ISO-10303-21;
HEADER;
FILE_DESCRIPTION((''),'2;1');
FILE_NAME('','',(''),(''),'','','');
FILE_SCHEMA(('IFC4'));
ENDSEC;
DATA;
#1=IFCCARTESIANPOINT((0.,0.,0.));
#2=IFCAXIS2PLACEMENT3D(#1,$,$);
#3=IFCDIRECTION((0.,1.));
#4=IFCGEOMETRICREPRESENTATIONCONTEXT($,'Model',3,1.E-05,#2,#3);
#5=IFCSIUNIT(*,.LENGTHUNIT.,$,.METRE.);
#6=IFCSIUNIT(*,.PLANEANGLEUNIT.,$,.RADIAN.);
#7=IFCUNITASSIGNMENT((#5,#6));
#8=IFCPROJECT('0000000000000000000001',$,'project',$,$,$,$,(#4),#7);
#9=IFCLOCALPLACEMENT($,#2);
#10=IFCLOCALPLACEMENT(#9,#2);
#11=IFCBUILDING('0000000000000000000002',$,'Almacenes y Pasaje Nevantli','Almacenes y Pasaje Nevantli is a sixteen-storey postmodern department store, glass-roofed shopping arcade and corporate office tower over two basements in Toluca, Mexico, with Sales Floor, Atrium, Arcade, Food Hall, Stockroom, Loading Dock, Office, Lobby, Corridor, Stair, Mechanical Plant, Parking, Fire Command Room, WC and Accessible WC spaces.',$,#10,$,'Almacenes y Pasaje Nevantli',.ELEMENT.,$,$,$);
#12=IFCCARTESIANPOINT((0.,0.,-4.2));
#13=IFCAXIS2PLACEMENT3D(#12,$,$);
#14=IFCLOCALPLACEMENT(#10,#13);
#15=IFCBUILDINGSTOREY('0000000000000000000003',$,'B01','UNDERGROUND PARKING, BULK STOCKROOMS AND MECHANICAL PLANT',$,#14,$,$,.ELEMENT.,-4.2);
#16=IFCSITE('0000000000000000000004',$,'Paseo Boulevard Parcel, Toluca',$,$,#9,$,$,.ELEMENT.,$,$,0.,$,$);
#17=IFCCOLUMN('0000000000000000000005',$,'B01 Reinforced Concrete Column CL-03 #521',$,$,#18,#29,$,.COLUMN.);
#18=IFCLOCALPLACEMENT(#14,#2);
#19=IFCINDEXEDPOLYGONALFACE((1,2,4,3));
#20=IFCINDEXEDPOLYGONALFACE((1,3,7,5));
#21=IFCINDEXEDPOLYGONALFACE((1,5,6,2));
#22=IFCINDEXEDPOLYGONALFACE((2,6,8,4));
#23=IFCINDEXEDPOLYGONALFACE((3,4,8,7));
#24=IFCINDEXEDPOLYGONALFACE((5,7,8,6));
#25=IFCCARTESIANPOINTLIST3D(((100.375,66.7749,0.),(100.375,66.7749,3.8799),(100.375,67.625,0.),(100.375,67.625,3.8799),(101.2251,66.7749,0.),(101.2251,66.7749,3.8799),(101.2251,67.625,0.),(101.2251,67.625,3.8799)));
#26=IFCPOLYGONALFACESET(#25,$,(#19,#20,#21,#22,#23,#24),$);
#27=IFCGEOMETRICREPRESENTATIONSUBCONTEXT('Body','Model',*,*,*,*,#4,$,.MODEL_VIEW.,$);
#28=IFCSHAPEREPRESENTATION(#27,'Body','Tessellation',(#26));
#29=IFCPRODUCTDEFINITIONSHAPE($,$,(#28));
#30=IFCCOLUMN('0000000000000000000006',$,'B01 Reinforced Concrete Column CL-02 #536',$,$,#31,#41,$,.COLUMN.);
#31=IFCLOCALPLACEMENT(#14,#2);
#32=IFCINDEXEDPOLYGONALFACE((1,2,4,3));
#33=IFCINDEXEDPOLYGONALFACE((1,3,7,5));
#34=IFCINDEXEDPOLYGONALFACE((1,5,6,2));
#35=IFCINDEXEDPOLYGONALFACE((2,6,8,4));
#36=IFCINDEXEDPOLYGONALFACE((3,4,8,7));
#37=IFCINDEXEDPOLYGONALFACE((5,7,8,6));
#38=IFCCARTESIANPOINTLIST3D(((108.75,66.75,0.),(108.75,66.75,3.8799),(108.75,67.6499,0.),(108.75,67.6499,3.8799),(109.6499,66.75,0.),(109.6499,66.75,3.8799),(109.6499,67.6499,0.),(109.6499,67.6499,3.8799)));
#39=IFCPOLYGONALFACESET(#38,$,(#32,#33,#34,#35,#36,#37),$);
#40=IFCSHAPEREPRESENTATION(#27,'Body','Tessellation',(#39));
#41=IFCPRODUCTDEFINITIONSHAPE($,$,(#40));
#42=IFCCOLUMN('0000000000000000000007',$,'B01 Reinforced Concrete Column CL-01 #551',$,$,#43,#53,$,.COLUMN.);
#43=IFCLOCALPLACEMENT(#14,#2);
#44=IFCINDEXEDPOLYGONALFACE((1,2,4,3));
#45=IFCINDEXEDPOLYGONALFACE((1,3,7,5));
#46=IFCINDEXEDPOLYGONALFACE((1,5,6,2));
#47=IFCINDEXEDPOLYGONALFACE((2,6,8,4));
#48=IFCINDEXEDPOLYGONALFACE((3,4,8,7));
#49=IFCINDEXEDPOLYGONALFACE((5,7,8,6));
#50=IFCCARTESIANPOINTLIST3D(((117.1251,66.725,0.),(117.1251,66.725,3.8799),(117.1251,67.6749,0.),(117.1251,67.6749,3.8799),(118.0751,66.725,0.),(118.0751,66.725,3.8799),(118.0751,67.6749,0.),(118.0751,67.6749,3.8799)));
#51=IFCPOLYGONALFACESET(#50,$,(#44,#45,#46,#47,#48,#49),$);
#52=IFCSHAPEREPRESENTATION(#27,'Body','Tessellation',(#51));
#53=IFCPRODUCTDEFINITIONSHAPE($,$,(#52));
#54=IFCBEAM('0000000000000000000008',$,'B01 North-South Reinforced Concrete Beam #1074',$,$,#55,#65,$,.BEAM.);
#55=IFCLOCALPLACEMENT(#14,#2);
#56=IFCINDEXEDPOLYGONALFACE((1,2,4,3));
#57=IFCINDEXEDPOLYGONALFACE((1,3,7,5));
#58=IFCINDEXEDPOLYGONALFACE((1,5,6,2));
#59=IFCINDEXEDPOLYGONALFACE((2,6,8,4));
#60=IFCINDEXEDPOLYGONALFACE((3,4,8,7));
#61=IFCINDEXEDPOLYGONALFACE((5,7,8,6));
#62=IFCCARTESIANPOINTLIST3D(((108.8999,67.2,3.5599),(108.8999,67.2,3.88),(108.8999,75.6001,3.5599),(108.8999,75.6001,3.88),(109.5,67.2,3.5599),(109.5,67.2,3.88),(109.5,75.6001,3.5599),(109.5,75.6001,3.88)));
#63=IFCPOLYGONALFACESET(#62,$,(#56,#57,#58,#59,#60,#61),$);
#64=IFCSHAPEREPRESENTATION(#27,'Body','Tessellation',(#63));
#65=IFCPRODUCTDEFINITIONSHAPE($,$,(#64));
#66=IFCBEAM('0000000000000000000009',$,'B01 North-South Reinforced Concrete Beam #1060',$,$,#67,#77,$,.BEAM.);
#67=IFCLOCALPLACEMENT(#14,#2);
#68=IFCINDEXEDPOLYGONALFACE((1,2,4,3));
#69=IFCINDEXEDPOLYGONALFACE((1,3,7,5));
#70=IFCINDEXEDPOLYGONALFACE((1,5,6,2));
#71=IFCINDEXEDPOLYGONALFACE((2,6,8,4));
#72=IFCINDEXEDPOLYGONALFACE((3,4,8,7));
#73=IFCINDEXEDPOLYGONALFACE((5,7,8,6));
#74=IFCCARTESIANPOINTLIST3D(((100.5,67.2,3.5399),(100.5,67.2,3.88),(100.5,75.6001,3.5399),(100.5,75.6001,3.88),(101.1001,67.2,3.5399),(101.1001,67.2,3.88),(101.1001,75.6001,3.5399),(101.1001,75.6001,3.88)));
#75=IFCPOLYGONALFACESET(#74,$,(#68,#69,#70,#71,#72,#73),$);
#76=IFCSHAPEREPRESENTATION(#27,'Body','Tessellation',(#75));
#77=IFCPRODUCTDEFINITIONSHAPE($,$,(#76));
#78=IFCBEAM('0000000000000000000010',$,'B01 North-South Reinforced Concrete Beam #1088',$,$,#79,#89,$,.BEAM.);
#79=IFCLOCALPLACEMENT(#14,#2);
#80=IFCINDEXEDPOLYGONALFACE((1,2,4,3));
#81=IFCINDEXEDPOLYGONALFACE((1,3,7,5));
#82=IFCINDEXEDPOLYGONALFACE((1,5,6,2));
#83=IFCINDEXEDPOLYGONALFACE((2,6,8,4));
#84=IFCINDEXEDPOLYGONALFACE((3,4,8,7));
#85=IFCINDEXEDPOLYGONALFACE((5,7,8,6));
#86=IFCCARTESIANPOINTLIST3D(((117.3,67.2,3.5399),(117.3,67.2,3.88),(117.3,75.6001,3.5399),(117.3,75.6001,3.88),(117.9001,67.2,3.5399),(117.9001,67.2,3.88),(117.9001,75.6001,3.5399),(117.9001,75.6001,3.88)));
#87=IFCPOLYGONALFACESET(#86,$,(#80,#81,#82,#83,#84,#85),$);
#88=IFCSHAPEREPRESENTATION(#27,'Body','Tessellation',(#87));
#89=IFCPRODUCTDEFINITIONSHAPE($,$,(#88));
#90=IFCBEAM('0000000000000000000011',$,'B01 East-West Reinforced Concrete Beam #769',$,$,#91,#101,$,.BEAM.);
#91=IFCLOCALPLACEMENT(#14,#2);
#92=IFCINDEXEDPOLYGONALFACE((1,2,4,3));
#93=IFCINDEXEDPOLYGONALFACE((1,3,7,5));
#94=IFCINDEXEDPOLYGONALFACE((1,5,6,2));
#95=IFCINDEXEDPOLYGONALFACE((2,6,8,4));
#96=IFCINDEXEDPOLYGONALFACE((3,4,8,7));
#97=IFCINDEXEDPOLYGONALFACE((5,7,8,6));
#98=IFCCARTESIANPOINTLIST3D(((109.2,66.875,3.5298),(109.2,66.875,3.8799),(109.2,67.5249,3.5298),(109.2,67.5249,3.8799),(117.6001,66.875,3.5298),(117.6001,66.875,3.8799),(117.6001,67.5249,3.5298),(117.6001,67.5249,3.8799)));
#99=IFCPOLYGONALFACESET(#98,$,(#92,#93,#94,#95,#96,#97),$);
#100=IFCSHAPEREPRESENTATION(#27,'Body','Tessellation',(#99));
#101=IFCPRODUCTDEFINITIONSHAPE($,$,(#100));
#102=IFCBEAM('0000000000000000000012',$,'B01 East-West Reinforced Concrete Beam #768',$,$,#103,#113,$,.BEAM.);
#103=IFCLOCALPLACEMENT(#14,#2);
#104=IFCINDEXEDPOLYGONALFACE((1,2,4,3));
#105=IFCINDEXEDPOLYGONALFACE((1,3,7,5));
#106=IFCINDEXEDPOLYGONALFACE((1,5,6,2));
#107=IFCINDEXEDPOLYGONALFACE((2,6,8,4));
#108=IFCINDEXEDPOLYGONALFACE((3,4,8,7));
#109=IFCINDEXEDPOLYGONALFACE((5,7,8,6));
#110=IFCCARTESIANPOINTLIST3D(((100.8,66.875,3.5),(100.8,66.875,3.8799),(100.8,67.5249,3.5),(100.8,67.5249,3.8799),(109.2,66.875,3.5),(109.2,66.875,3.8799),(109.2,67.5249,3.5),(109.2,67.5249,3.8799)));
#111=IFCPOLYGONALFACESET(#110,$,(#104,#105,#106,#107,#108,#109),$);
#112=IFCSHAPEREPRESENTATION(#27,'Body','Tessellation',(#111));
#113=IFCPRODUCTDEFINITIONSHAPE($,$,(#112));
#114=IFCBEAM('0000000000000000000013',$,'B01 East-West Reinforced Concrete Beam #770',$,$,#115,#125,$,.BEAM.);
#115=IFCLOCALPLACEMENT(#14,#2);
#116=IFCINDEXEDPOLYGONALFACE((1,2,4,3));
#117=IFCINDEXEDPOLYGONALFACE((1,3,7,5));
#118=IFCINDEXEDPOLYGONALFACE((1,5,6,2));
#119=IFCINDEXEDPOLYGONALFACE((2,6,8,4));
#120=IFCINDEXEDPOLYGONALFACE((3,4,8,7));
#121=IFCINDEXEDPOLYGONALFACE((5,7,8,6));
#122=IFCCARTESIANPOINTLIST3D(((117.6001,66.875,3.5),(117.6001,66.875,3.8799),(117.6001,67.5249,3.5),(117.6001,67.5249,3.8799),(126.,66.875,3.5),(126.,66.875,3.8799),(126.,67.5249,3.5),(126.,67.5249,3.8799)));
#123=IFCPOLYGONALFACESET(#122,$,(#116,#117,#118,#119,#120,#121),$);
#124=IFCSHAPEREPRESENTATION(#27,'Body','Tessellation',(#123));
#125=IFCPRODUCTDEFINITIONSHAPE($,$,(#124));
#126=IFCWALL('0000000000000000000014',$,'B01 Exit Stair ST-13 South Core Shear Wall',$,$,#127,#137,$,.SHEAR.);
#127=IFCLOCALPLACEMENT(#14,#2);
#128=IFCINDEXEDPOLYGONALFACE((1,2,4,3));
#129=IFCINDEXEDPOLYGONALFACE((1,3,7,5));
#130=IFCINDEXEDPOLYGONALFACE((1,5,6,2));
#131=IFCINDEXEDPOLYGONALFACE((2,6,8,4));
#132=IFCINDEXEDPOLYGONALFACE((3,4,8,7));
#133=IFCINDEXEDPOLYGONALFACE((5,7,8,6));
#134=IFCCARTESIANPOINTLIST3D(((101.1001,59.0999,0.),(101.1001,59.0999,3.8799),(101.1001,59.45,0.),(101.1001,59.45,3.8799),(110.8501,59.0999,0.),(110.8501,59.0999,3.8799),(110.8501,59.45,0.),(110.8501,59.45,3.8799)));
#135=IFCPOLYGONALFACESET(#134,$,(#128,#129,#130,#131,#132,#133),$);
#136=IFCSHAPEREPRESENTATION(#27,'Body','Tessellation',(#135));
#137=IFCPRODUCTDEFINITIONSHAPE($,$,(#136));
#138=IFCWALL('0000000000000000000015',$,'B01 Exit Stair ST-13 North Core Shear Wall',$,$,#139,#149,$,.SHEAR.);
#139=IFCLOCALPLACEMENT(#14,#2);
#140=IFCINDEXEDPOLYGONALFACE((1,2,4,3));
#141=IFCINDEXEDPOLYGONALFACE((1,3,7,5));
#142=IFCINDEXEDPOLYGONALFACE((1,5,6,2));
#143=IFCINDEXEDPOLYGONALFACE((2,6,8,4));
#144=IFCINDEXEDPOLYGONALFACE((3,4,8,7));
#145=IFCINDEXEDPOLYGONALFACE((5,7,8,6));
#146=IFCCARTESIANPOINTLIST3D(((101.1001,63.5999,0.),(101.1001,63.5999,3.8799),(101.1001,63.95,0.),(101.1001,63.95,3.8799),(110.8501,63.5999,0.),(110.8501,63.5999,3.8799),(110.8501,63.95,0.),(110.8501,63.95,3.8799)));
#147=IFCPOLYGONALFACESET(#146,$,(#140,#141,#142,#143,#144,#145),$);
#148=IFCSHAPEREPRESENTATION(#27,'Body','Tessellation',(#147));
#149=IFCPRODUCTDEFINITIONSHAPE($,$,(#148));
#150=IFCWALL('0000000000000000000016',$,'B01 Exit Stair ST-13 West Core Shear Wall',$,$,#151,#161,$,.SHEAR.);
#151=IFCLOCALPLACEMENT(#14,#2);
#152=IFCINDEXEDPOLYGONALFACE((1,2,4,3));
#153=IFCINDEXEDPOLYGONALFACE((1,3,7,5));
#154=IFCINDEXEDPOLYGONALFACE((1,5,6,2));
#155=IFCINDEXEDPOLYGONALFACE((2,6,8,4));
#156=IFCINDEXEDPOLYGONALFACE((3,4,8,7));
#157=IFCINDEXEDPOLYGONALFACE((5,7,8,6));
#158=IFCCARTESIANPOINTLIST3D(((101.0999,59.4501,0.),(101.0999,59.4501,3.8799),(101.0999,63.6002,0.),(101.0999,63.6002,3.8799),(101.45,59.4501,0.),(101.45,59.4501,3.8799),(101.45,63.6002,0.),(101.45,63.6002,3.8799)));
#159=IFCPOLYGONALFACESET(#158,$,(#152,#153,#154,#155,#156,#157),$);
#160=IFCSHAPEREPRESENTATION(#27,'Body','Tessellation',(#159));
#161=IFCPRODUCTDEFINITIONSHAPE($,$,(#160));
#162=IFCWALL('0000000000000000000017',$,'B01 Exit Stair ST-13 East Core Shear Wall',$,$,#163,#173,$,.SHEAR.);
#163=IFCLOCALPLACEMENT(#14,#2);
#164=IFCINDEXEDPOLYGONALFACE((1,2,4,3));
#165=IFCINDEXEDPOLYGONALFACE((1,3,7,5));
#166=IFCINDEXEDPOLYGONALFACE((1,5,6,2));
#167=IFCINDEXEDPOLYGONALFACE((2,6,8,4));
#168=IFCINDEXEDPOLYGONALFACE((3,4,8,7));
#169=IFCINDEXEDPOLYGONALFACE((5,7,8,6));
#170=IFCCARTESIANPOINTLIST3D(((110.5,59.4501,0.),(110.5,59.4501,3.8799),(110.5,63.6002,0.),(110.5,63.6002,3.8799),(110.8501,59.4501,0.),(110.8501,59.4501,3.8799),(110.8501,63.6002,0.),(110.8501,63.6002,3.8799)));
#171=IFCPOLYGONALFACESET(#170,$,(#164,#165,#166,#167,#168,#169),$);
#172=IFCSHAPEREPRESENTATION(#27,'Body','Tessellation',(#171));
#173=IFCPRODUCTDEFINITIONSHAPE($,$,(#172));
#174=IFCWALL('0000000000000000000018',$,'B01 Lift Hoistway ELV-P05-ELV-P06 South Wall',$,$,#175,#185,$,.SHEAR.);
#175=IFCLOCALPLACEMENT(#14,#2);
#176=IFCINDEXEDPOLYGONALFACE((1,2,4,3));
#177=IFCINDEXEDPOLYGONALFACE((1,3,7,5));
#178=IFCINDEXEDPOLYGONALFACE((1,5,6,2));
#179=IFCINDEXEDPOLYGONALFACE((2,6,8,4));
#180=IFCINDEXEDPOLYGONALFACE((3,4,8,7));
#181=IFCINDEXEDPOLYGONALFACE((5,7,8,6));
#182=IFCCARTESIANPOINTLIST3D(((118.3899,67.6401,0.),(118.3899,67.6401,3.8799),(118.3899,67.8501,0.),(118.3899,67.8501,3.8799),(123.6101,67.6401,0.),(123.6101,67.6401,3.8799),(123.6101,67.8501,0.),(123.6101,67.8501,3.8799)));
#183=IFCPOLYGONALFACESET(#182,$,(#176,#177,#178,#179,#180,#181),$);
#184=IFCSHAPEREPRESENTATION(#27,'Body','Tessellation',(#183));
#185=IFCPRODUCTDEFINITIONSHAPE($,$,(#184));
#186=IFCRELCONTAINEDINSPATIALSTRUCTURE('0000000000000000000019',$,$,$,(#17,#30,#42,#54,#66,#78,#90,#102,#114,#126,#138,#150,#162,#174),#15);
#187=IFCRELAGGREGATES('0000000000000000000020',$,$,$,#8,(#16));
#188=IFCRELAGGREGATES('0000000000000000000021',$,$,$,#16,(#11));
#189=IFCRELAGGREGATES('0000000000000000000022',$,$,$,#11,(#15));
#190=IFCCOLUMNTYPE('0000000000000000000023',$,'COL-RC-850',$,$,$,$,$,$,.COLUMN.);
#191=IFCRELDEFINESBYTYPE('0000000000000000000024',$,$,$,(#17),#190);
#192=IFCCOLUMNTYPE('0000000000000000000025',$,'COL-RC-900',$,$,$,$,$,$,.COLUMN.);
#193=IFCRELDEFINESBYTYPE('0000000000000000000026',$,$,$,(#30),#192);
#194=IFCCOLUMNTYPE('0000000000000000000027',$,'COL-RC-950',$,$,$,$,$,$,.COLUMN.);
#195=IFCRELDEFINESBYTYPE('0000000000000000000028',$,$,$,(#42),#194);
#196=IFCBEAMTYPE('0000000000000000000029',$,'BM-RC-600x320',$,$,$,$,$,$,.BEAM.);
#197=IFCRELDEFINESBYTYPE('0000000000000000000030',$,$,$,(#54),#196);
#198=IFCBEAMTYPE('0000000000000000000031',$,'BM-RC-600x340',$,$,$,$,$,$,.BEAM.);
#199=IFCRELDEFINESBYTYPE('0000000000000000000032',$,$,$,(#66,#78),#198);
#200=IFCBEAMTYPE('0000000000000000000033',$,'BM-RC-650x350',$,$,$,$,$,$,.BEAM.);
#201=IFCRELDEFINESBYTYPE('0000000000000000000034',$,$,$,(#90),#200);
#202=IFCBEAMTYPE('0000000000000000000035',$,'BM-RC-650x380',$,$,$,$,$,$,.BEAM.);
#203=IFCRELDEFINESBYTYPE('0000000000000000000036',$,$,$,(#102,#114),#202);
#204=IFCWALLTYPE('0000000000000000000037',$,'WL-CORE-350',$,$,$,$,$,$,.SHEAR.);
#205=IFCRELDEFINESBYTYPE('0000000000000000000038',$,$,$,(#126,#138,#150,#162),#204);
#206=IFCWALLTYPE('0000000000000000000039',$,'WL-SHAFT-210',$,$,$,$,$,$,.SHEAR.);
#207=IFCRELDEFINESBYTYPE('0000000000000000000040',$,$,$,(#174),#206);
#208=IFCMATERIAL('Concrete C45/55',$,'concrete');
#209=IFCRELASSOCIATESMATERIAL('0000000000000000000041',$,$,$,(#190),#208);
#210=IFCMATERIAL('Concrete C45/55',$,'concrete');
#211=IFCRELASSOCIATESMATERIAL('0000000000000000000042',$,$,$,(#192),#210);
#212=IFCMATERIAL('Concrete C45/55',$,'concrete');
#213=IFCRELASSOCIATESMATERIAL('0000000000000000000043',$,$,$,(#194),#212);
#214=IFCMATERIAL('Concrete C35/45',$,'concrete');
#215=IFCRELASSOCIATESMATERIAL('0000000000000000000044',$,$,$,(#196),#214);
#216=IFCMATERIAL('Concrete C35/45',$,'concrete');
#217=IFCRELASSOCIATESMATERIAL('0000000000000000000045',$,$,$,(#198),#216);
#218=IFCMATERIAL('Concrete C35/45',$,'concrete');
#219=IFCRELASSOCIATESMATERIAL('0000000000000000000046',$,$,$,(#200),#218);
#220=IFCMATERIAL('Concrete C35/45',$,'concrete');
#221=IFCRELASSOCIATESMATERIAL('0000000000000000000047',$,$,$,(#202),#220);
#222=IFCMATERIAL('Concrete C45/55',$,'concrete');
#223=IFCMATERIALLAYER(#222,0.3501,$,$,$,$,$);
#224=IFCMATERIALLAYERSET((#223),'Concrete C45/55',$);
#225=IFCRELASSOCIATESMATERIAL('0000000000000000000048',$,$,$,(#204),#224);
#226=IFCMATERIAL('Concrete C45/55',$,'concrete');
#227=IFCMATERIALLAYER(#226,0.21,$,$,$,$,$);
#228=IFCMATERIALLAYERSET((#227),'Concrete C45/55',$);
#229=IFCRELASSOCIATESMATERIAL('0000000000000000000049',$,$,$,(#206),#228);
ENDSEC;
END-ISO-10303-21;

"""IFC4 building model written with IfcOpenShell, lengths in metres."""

from ifc_helpers import new_model, si_unit, direction, frame, frame_2d, origin, origin_2d, place, context, subcontext, project, spatial, rectangle, extrude, material, layer, layer_set, material_profile, profile_set, type_object, element, save


model = new_model("IFC4")

# Units and contexts
model_context = context("Model", 3, precision=1e-05, world=origin(), true_north=direction((0.0, 1.0)))
body_context = subcontext(model_context, "Body", "Model", "MODEL_VIEW")
ifc_project = project(units=[si_unit("LENGTHUNIT", "METRE"), si_unit("PLANEANGLEUNIT", "RADIAN")], contexts=[model_context])

# Site, building, storey
site_placement = place(None, origin())
site = spatial("IfcSite", under=ifc_project, at=site_placement, Name="Paseo Boulevard Parcel, Toluca", CompositionType="ELEMENT", RefElevation=0.0)
building_placement = place(site_placement, origin())
building = spatial("IfcBuilding", under=site, at=building_placement, Name="Almacenes y Pasaje Nevantli", Description="Almacenes y Pasaje Nevantli is a sixteen-storey postmodern department store, glass-roofed shopping arcade and corporate office tower over two basements in Toluca, Mexico, with Sales Floor, Atrium, Arcade, Food Hall, Stockroom, Loading Dock, Office, Lobby, Corridor, Stair, Mechanical Plant, Parking, Fire Command Room, WC and Accessible WC spaces.", LongName="Almacenes y Pasaje Nevantli", CompositionType="ELEMENT")
storey_placement = place(building_placement, frame((0.0, 0.0, -4.2)))
storey = spatial("IfcBuildingStorey", under=building, at=storey_placement, Name="B01", Description="UNDERGROUND PARKING, BULK STOCKROOMS AND MECHANICAL PLANT", CompositionType="ELEMENT", Elevation=-4.2)

# Columns
ifc_material_1 = material(Name="Concrete C45/55", Category="concrete")
ifc_material_profile_1 = material_profile(ifc_material_1, rectangle(XDim=0.8501, YDim=0.8501, at=origin_2d()), Name="RC-COL-850x850")
ifc_profile_set_1 = profile_set([ifc_material_profile_1], Name="Concrete C45/55")
column_type_1 = type_object("IfcColumnType", Name="COL-RC-850", PredefinedType="COLUMN", material=ifc_profile_set_1)
column_1_placement = place(storey_placement, frame((100.8, 67.2, 0.0), z_axis=(0.0, 0.0, 1.0), x_axis=(1.0, 0.0, 0.0)))
element("IfcColumn", 1, at=column_1_placement, inside=storey, type_object=column_type_1, Name="B01 Reinforced Concrete Column CL-03 #521", PredefinedType="COLUMN", context=body_context, shape_type="SweptSolid", body=[
    extrude(rectangle(XDim=0.8501, YDim=0.8501, at=origin_2d()), origin(), (0.0, 0.0, 1.0), 3.8799),
])
ifc_material_2 = material(Name="Concrete C45/55", Category="concrete")
ifc_material_profile_2 = material_profile(ifc_material_2, rectangle(XDim=0.8999, YDim=0.8999, at=origin_2d()), Name="RC-COL-900x900")
ifc_profile_set_2 = profile_set([ifc_material_profile_2], Name="Concrete C45/55")
column_type_2 = type_object("IfcColumnType", Name="COL-RC-900", PredefinedType="COLUMN", material=ifc_profile_set_2)
column_2_placement = place(storey_placement, frame((109.2, 67.2, 0.0), z_axis=(0.0, 0.0, 1.0), x_axis=(1.0, 0.0, 0.0)))
element("IfcColumn", 2, at=column_2_placement, inside=storey, type_object=column_type_2, Name="B01 Reinforced Concrete Column CL-02 #536", PredefinedType="COLUMN", context=body_context, shape_type="SweptSolid", body=[
    extrude(rectangle(XDim=0.8999, YDim=0.8999, at=origin_2d()), origin(), (0.0, 0.0, 1.0), 3.8799),
])
ifc_material_3 = material(Name="Concrete C45/55", Category="concrete")
ifc_material_profile_3 = material_profile(ifc_material_3, rectangle(XDim=0.95, YDim=0.95, at=origin_2d()), Name="RC-COL-950x950")
ifc_profile_set_3 = profile_set([ifc_material_profile_3], Name="Concrete C45/55")
column_type_3 = type_object("IfcColumnType", Name="COL-RC-950", PredefinedType="COLUMN", material=ifc_profile_set_3)
column_3_placement = place(storey_placement, frame((117.6001, 67.2, 0.0), z_axis=(0.0, 0.0, 1.0), x_axis=(1.0, 0.0, 0.0)))
element("IfcColumn", 3, at=column_3_placement, inside=storey, type_object=column_type_3, Name="B01 Reinforced Concrete Column CL-01 #551", PredefinedType="COLUMN", context=body_context, shape_type="SweptSolid", body=[
    extrude(rectangle(XDim=0.95, YDim=0.95, at=origin_2d()), origin(), (0.0, 0.0, 1.0), 3.8799),
])

# Beams
ifc_material_4 = material(Name="Concrete C35/45", Category="concrete")
ifc_material_profile_4 = material_profile(ifc_material_4, rectangle(XDim=0.6001, YDim=0.3201, at=origin_2d()), Name="RC-BM-600x320")
ifc_profile_set_4 = profile_set([ifc_material_profile_4], Name="Concrete C35/45")
beam_type_1 = type_object("IfcBeamType", Name="BM-RC-600x320", PredefinedType="BEAM", material=ifc_profile_set_4)
beam_1_placement = place(storey_placement, frame((109.2, 67.2, 3.72), z_axis=(0.0, 1.0, 0.0), x_axis=(-1.0, 0.0, 0.0)))
element("IfcBeam", 4, at=beam_1_placement, inside=storey, type_object=beam_type_1, Name="B01 North-South Reinforced Concrete Beam #1074", PredefinedType="BEAM", context=body_context, shape_type="SweptSolid", body=[
    extrude(rectangle(XDim=0.6001, YDim=0.3201, at=origin_2d()), origin(), (0.0, 0.0, 1.0), 8.4001),
])
ifc_material_5 = material(Name="Concrete C35/45", Category="concrete")
ifc_material_profile_5 = material_profile(ifc_material_5, rectangle(XDim=0.6001, YDim=0.3401, at=origin_2d()), Name="RC-BM-600x340")
ifc_profile_set_5 = profile_set([ifc_material_profile_5], Name="Concrete C35/45")
beam_type_2 = type_object("IfcBeamType", Name="BM-RC-600x340", PredefinedType="BEAM", material=ifc_profile_set_5)
for number, where, z_axis, x_axis, name in (
    (5, (100.8, 67.2, 3.71), (0.0, 1.0, 0.0), (-1.0, 0.0, 0.0), "B01 North-South Reinforced Concrete Beam #1060"),
    (6, (117.6001, 67.2, 3.71), (0.0, 1.0, 0.0), (-1.0, 0.0, 0.0), "B01 North-South Reinforced Concrete Beam #1088"),
):
    element("IfcBeam", number, at=place(storey_placement, frame(where, z_axis=z_axis, x_axis=x_axis)), inside=storey, type_object=beam_type_2, Name=name, PredefinedType="BEAM", context=body_context, shape_type="SweptSolid", body=[
        extrude(rectangle(XDim=0.6001, YDim=0.3401, at=origin_2d()), origin(), (0.0, 0.0, 1.0), 8.4001),
    ])
ifc_material_6 = material(Name="Concrete C35/45", Category="concrete")
ifc_material_profile_6 = material_profile(ifc_material_6, rectangle(XDim=0.6499, YDim=0.3501, at=origin_2d()), Name="RC-BM-650x350")
ifc_profile_set_6 = profile_set([ifc_material_profile_6], Name="Concrete C35/45")
beam_type_3 = type_object("IfcBeamType", Name="BM-RC-650x350", PredefinedType="BEAM", material=ifc_profile_set_6)
beam_2_placement = place(storey_placement, frame((109.2, 67.2, 3.7048), z_axis=(1.0, 0.0, 0.0), x_axis=(0.0, 1.0, 0.0)))
element("IfcBeam", 7, at=beam_2_placement, inside=storey, type_object=beam_type_3, Name="B01 East-West Reinforced Concrete Beam #769", PredefinedType="BEAM", context=body_context, shape_type="SweptSolid", body=[
    extrude(rectangle(XDim=0.6499, YDim=0.3501, at=origin_2d()), origin(), (0.0, 0.0, 1.0), 8.4001),
])
ifc_material_7 = material(Name="Concrete C35/45", Category="concrete")
ifc_material_profile_7 = material_profile(ifc_material_7, rectangle(XDim=0.6499, YDim=0.3799, at=origin_2d()), Name="RC-BM-650x380")
ifc_profile_set_7 = profile_set([ifc_material_profile_7], Name="Concrete C35/45")
beam_type_4 = type_object("IfcBeamType", Name="BM-RC-650x380", PredefinedType="BEAM", material=ifc_profile_set_7)
for number, where, z_axis, x_axis, name in (
    (8, (100.8, 67.2, 3.6899), (1.0, 0.0, 0.0), (0.0, 1.0, 0.0), "B01 East-West Reinforced Concrete Beam #768"),
    (9, (117.6001, 67.2, 3.6899), (1.0, 0.0, 0.0), (0.0, 1.0, 0.0), "B01 East-West Reinforced Concrete Beam #770"),
):
    element("IfcBeam", number, at=place(storey_placement, frame(where, z_axis=z_axis, x_axis=x_axis)), inside=storey, type_object=beam_type_4, Name=name, PredefinedType="BEAM", context=body_context, shape_type="SweptSolid", body=[
        extrude(rectangle(XDim=0.6499, YDim=0.3799, at=origin_2d()), origin(), (0.0, 0.0, 1.0), 8.3999),
    ])

# Walls
ifc_material_8 = material(Name="Concrete C45/55", Category="concrete")
ifc_layer_1 = layer(ifc_material_8, 0.3501)
ifc_layer_set_1 = layer_set([ifc_layer_1], Name="Concrete C45/55")
wall_type_1 = type_object("IfcWallType", Name="WL-CORE-350", PredefinedType="SHEAR", material=ifc_layer_set_1)
for number, where, z_axis, x_axis, name in (
    (10, (101.1001, 59.2749, 0.0), (0.0, 0.0, 1.0), (1.0, 0.0, 0.0), "B01 Exit Stair ST-13 South Core Shear Wall"),
    (11, (101.1001, 63.7749, 0.0), (0.0, 0.0, 1.0), (1.0, 0.0, 0.0), "B01 Exit Stair ST-13 North Core Shear Wall"),
):
    element("IfcWall", number, at=place(storey_placement, frame(where, z_axis=z_axis, x_axis=x_axis)), inside=storey, type_object=wall_type_1, Name=name, PredefinedType="SHEAR", context=body_context, shape_type="SweptSolid", body=[
        extrude(rectangle(XDim=9.75, YDim=0.3501, at=frame_2d((4.875, 0.0))), origin(), (0.0, 0.0, 1.0), 3.8799),
    ])
for number, where, z_axis, x_axis, name in (
    (12, (101.2749, 59.45, 0.0), (0.0, 0.0, 1.0), (0.0, 1.0, 0.0), "B01 Exit Stair ST-13 West Core Shear Wall"),
    (13, (110.675, 59.45, 0.0), (0.0, 0.0, 1.0), (0.0, 1.0, 0.0), "B01 Exit Stair ST-13 East Core Shear Wall"),
):
    element("IfcWall", number, at=place(storey_placement, frame(where, z_axis=z_axis, x_axis=x_axis)), inside=storey, type_object=wall_type_1, Name=name, PredefinedType="SHEAR", context=body_context, shape_type="SweptSolid", body=[
        extrude(rectangle(XDim=4.1501, YDim=0.3501, at=frame_2d((2.0752, 0.0))), origin(), (0.0, 0.0, 1.0), 3.8799),
    ])
ifc_material_9 = material(Name="Concrete C45/55", Category="concrete")
ifc_layer_2 = layer(ifc_material_9, 0.21)
ifc_layer_set_2 = layer_set([ifc_layer_2], Name="Concrete C45/55")
wall_type_2 = type_object("IfcWallType", Name="WL-SHAFT-210", PredefinedType="SHEAR", material=ifc_layer_set_2)
wall_1_placement = place(storey_placement, frame((118.3899, 67.7451, 0.0), z_axis=(0.0, 0.0, 1.0), x_axis=(1.0, 0.0, 0.0)))
element("IfcWall", 14, at=wall_1_placement, inside=storey, type_object=wall_type_2, Name="B01 Lift Hoistway ELV-P05-ELV-P06 South Wall", PredefinedType="SHEAR", context=body_context, shape_type="SweptSolid", body=[
    extrude(rectangle(XDim=5.2202, YDim=0.21, at=frame_2d((2.6101, 0.0))), origin(), (0.0, 0.0, 1.0), 3.8799),
])

save(model, "model.ifc")
